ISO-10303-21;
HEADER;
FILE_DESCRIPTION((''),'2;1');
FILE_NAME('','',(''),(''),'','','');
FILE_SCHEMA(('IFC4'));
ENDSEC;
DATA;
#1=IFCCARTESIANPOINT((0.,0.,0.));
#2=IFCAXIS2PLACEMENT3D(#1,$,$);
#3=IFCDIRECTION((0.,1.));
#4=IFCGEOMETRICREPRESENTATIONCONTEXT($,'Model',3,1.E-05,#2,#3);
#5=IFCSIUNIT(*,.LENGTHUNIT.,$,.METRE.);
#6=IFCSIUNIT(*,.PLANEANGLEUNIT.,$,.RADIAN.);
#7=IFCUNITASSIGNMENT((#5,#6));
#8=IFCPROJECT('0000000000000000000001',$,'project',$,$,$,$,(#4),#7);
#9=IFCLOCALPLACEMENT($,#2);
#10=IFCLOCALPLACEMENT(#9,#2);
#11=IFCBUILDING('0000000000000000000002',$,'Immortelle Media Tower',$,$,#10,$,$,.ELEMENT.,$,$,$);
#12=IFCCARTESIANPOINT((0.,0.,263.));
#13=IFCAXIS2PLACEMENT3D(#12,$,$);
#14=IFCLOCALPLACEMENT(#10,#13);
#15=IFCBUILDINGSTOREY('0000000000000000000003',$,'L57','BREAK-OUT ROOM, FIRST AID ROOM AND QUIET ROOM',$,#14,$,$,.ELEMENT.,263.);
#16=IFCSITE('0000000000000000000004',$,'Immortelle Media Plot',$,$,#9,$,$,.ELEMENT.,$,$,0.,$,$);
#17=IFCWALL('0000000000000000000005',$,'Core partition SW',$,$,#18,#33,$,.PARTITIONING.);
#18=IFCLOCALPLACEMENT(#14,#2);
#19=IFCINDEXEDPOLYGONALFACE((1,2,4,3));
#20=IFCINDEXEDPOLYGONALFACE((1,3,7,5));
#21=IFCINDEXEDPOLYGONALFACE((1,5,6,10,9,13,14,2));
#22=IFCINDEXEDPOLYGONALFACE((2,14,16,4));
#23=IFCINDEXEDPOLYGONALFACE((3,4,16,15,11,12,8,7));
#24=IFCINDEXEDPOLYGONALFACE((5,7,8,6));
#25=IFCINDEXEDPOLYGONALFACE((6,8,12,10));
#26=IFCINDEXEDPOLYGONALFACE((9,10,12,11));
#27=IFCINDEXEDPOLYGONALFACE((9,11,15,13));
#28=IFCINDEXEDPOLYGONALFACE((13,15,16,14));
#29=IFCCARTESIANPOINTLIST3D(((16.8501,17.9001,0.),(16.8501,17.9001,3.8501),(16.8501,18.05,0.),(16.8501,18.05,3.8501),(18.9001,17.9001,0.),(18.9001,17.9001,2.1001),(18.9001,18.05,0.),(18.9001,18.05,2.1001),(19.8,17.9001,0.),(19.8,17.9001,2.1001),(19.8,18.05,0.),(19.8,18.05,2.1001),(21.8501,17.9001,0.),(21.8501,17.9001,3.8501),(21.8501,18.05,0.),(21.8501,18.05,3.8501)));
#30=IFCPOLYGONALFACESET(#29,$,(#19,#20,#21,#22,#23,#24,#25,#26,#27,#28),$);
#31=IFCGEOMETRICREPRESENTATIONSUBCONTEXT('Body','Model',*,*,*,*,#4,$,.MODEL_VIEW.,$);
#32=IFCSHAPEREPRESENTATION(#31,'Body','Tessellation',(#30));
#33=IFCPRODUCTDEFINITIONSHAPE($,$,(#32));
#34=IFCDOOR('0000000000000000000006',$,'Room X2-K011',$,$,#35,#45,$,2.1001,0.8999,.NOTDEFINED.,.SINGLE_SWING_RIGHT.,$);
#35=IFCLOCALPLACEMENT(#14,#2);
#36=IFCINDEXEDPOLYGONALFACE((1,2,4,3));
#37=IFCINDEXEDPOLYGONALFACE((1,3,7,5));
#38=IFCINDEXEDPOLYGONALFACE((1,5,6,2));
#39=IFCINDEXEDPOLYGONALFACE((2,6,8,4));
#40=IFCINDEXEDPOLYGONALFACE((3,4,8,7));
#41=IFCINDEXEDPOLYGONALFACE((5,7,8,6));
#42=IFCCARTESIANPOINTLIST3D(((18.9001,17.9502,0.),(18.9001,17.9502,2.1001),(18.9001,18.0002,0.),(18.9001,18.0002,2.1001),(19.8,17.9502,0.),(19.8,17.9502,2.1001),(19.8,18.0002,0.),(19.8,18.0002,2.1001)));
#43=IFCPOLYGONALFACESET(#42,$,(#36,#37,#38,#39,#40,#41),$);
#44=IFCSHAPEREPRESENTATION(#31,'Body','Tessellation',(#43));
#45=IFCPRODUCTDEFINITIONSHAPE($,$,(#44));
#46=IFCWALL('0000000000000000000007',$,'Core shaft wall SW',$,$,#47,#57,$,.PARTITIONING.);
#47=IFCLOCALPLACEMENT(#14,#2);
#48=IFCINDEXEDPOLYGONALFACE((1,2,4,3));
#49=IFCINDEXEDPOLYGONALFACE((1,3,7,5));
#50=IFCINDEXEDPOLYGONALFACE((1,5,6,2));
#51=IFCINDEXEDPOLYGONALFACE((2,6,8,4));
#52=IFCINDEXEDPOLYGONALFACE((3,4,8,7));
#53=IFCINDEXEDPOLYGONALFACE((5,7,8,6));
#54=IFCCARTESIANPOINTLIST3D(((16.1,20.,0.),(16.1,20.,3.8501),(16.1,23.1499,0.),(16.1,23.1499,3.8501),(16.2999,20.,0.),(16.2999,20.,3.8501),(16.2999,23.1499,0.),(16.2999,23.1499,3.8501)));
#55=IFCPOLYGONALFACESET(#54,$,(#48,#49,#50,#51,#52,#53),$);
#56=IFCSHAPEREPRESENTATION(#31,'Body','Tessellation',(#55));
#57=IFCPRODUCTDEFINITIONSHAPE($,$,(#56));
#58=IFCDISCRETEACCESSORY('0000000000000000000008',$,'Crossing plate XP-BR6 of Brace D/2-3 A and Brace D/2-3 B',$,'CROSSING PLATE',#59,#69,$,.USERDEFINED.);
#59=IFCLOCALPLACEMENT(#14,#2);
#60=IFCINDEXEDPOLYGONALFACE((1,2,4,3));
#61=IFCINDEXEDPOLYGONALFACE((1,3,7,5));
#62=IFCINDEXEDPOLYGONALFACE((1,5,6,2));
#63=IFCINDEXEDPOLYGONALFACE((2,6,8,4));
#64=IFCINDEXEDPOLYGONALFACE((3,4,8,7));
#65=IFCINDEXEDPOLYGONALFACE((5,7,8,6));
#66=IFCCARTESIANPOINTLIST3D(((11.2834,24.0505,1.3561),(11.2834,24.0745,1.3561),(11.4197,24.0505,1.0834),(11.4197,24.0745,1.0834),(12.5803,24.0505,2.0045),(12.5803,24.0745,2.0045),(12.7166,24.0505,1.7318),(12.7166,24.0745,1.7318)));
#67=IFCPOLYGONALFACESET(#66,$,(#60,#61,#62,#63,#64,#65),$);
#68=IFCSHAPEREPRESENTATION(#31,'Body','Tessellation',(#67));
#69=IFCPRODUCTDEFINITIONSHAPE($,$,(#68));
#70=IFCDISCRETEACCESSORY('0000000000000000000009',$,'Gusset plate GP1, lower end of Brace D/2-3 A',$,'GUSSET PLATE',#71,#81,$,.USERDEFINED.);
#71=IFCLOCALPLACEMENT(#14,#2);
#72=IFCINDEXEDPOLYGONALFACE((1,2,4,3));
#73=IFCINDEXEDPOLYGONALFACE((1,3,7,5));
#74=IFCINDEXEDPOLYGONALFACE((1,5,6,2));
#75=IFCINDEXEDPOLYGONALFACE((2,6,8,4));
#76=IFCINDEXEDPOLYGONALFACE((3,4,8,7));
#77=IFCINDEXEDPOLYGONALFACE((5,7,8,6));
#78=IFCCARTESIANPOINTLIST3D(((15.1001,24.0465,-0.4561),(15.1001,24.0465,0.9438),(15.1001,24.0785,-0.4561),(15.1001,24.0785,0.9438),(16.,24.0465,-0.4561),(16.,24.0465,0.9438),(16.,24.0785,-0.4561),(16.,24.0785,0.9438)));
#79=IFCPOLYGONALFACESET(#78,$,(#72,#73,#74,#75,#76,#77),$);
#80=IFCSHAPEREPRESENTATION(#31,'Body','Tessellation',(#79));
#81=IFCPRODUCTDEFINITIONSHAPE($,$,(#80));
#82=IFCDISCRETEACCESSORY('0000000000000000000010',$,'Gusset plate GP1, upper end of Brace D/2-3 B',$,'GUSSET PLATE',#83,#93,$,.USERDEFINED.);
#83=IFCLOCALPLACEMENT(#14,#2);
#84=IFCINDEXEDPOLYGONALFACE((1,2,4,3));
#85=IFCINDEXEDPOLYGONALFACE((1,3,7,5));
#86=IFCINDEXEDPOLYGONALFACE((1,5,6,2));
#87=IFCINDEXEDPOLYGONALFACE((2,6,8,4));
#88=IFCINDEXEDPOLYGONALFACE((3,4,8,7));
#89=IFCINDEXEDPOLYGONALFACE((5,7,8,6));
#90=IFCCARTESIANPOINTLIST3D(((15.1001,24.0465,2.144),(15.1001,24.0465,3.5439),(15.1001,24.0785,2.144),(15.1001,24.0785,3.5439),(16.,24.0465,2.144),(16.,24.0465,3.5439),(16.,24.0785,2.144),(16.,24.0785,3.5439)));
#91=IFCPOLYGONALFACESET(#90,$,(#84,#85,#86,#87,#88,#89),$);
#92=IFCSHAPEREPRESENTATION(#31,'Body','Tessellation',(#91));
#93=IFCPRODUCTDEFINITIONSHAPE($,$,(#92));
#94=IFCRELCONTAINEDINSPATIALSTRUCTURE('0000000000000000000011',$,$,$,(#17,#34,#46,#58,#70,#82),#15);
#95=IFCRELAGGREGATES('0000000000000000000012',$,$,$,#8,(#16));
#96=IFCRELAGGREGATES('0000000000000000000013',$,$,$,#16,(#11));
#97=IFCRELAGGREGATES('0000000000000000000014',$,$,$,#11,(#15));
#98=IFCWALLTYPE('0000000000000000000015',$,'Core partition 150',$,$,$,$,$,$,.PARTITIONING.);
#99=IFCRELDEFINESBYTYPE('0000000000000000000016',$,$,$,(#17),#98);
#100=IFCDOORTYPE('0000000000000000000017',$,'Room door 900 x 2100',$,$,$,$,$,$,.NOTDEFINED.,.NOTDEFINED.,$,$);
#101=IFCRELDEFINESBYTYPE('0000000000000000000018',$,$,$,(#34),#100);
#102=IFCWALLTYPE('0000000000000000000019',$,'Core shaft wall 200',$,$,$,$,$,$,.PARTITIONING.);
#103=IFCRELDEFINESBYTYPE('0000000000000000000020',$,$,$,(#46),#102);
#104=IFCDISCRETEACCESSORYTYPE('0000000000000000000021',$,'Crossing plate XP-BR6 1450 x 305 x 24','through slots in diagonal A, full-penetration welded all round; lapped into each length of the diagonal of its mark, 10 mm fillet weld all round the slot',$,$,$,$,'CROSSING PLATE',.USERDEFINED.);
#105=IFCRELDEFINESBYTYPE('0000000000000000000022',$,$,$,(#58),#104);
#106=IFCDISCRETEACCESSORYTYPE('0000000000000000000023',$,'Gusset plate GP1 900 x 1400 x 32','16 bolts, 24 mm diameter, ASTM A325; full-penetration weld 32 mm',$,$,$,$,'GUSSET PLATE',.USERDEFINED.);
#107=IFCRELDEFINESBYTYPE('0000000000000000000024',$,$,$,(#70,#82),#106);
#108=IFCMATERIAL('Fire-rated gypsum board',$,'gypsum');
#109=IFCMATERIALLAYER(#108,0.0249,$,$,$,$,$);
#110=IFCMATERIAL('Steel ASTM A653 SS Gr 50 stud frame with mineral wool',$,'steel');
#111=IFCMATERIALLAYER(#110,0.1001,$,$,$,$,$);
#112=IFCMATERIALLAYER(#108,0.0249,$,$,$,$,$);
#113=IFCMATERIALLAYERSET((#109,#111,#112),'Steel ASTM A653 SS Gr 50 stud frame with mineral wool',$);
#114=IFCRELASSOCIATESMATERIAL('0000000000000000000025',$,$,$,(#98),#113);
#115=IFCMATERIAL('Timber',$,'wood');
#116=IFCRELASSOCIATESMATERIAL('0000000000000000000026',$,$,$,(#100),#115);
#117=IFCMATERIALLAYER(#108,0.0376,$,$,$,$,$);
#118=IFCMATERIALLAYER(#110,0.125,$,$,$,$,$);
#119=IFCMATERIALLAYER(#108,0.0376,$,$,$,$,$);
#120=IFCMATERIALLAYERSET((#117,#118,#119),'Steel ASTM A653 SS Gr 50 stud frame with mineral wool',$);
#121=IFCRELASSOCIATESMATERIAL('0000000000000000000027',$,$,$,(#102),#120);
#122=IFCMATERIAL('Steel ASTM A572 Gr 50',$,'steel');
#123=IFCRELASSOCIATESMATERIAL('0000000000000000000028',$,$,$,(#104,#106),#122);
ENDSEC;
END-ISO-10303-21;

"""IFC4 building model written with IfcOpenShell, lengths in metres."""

from ifc_helpers import new_model, si_unit, direction, frame, frame_2d, origin, origin_2d, place, context, subcontext, project, spatial, rectangle, extrude, material, layer, layer_set, material_profile, profile_set, type_object, element, fill, save


model = new_model("IFC4")

# Units and contexts
model_context = context("Model", 3, precision=1e-05, world=origin(), true_north=direction((0.0, 1.0)))
body_context = subcontext(model_context, "Body", "Model", "MODEL_VIEW")
ifc_project = project(units=[si_unit("LENGTHUNIT", "METRE"), si_unit("PLANEANGLEUNIT", "RADIAN")], contexts=[model_context])

# Site, building, storey
site_placement = place(None, origin())
site = spatial("IfcSite", under=ifc_project, at=site_placement, Name="Immortelle Media Plot", CompositionType="ELEMENT", RefElevation=0.0)
building_placement = place(site_placement, origin())
building = spatial("IfcBuilding", under=site, at=building_placement, Name="Immortelle Media Tower", CompositionType="ELEMENT")
storey_placement = place(building_placement, frame((0.0, 0.0, 263.0)))
storey = spatial("IfcBuildingStorey", under=building, at=storey_placement, Name="L57", Description="BREAK-OUT ROOM, FIRST AID ROOM AND QUIET ROOM", CompositionType="ELEMENT", Elevation=263.0)

# Shared definitions
ifc_material_1 = material(Name="Timber", Category="wood")

# Shared definitions
ifc_material_2 = material(Name="Fire-rated gypsum board", Category="gypsum")
ifc_layer_1 = layer(ifc_material_2, 0.0249)
ifc_material_3 = material(Name="Steel ASTM A653 SS Gr 50 stud frame with mineral wool", Category="steel")
ifc_layer_2 = layer(ifc_material_3, 0.1001)
ifc_layer_3 = layer(ifc_material_2, 0.0249)
ifc_layer_set_1 = layer_set([ifc_layer_1, ifc_layer_2, ifc_layer_3], Name="Steel ASTM A653 SS Gr 50 stud frame with mineral wool")
wall_type_1 = type_object("IfcWallType", Name="Core partition 150", PredefinedType="PARTITIONING", material=ifc_layer_set_1)

# Shared definitions
door_type_1 = type_object("IfcDoorType", Name="Room door 900 x 2100", OperationType="NOTDEFINED", PredefinedType="NOTDEFINED", material=ifc_material_1)

# Wall, opening, door
wall_1_placement = place(storey_placement, frame((16.8501, 17.9751, 0.0), z_axis=(0.0, 0.0, 1.0), x_axis=(1.0, 0.0, 0.0)))
wall_1 = element("IfcWall", 1, at=wall_1_placement, inside=storey, type_object=wall_type_1, Name="Core partition SW", PredefinedType="PARTITIONING", context=body_context, shape_type="SweptSolid", body=[
    extrude(rectangle(XDim=5.0, YDim=0.1499, at=frame_2d((2.5, 0.0))), origin(), (0.0, 0.0, 1.0), 3.8501),
])
opening_1_placement = place(wall_1_placement, frame((2.95, 0.0, 0.0), z_axis=(0.0, 0.0, 1.0), x_axis=(-1.0, 0.0, 0.0)))
opening_1 = element("IfcOpeningElement", 2, at=opening_1_placement, cuts=wall_1, PredefinedType="OPENING", context=body_context, shape_type="SweptSolid", body=[
    extrude(rectangle(XDim=0.8999, YDim=2.1001, at=frame_2d((0.45, 1.05))), frame((0.0, 0.085, 0.0), z_axis=(0.0, -1.0, 0.0), x_axis=(1.0, 0.0, 0.0)), (0.0, 0.0, 1.0), 0.1699),
])
door_1_placement = place(opening_1_placement, origin())
door_1 = element("IfcDoor", 3, at=door_1_placement, inside=storey, type_object=door_type_1, Name="Room X2-K011", OperationType="SINGLE_SWING_RIGHT", OverallHeight=2.1001, OverallWidth=0.8999, PredefinedType="NOTDEFINED", context=body_context, shape_type="SweptSolid", body=[
    extrude(rectangle(XDim=0.8999, YDim=2.1001, at=frame_2d((0.45, 1.05))), frame((0.0, 0.0249, 0.0), z_axis=(0.0, -1.0, 0.0), x_axis=(1.0, 0.0, 0.0)), (0.0, 0.0, 1.0), 0.05),
])
fill(opening_1, door_1)

# Wall
ifc_layer_4 = layer(ifc_material_2, 0.0376)
ifc_layer_5 = layer(ifc_material_3, 0.125)
ifc_layer_6 = layer(ifc_material_2, 0.0376)
ifc_layer_set_2 = layer_set([ifc_layer_4, ifc_layer_5, ifc_layer_6], Name="Steel ASTM A653 SS Gr 50 stud frame with mineral wool")
wall_type_2 = type_object("IfcWallType", Name="Core shaft wall 200", PredefinedType="PARTITIONING", material=ifc_layer_set_2)
wall_2_placement = place(storey_placement, frame((16.2, 20.0, 0.0), z_axis=(0.0, 0.0, 1.0), x_axis=(0.0, 1.0, 0.0)))
element("IfcWall", 4, at=wall_2_placement, inside=storey, type_object=wall_type_2, Name="Core shaft wall SW", PredefinedType="PARTITIONING", context=body_context, shape_type="SweptSolid", body=[
    extrude(rectangle(XDim=3.1499, YDim=0.2, at=frame_2d((1.575, 0.0))), origin(), (0.0, 0.0, 1.0), 3.8501),
])

# Discrete accessories
ifc_material_4 = material(Name="Steel ASTM A572 Gr 50", Category="steel")
ifc_material_profile_1 = material_profile(ifc_material_4, rectangle(XDim=0.0239, YDim=0.3049, at=origin_2d()), Name="PL 24 x 305")
ifc_profile_set_1 = profile_set([ifc_material_profile_1], Name="Steel ASTM A572 Gr 50")
discrete_accessory_type_1 = type_object("IfcDiscreteAccessoryType", Name="Crossing plate XP-BR6 1450 x 305 x 24", Description="through slots in diagonal A, full-penetration welded all round; lapped into each length of the diagonal of its mark, 10 mm fillet weld all round the slot", ElementType="CROSSING PLATE", PredefinedType="USERDEFINED", material=ifc_profile_set_1)
discrete_accessory_placement = place(storey_placement, frame((12.6484, 24.0625, 1.8682), z_axis=(-0.894427, 0.0, -0.447214), x_axis=(0.0, -1.0, 0.0)))
element("IfcDiscreteAccessory", 5, at=discrete_accessory_placement, inside=storey, type_object=discrete_accessory_type_1, Name="Crossing plate XP-BR6 of Brace D/2-3 A and Brace D/2-3 B", ObjectType="CROSSING PLATE", PredefinedType="USERDEFINED", context=body_context, shape_type="SweptSolid", body=[
    extrude(rectangle(XDim=0.0239, YDim=0.3049, at=origin_2d()), origin(), (0.0, 0.0, 1.0), 1.45),
])
ifc_material_profile_2 = material_profile(ifc_material_4, rectangle(XDim=0.032, YDim=1.3999, at=origin_2d()), Name="PL 32 x 1400")
ifc_profile_set_2 = profile_set([ifc_material_profile_2], Name="Steel ASTM A572 Gr 50")
discrete_accessory_type_2 = type_object("IfcDiscreteAccessoryType", Name="Gusset plate GP1 900 x 1400 x 32", Description="16 bolts, 24 mm diameter, ASTM A325; full-penetration weld 32 mm", ElementType="GUSSET PLATE", PredefinedType="USERDEFINED", material=ifc_profile_set_2)
for number, where, z_axis, x_axis, name in (
    (6, (16.0, 24.0625, 0.2439), (-1.0, 0.0, 0.0), (0.0, -1.0, 0.0), "Gusset plate GP1, lower end of Brace D/2-3 A"),
    (7, (16.0, 24.0625, 2.844), (-1.0, 0.0, 0.0), (0.0, -1.0, 0.0), "Gusset plate GP1, upper end of Brace D/2-3 B"),
):
    element("IfcDiscreteAccessory", number, at=place(storey_placement, frame(where, z_axis=z_axis, x_axis=x_axis)), inside=storey, type_object=discrete_accessory_type_2, Name=name, ObjectType="GUSSET PLATE", PredefinedType="USERDEFINED", context=body_context, shape_type="SweptSolid", body=[
        extrude(rectangle(XDim=0.032, YDim=1.3999, at=origin_2d()), origin(), (0.0, 0.0, 1.0), 0.8999),
    ])

save(model, "model.ifc")
